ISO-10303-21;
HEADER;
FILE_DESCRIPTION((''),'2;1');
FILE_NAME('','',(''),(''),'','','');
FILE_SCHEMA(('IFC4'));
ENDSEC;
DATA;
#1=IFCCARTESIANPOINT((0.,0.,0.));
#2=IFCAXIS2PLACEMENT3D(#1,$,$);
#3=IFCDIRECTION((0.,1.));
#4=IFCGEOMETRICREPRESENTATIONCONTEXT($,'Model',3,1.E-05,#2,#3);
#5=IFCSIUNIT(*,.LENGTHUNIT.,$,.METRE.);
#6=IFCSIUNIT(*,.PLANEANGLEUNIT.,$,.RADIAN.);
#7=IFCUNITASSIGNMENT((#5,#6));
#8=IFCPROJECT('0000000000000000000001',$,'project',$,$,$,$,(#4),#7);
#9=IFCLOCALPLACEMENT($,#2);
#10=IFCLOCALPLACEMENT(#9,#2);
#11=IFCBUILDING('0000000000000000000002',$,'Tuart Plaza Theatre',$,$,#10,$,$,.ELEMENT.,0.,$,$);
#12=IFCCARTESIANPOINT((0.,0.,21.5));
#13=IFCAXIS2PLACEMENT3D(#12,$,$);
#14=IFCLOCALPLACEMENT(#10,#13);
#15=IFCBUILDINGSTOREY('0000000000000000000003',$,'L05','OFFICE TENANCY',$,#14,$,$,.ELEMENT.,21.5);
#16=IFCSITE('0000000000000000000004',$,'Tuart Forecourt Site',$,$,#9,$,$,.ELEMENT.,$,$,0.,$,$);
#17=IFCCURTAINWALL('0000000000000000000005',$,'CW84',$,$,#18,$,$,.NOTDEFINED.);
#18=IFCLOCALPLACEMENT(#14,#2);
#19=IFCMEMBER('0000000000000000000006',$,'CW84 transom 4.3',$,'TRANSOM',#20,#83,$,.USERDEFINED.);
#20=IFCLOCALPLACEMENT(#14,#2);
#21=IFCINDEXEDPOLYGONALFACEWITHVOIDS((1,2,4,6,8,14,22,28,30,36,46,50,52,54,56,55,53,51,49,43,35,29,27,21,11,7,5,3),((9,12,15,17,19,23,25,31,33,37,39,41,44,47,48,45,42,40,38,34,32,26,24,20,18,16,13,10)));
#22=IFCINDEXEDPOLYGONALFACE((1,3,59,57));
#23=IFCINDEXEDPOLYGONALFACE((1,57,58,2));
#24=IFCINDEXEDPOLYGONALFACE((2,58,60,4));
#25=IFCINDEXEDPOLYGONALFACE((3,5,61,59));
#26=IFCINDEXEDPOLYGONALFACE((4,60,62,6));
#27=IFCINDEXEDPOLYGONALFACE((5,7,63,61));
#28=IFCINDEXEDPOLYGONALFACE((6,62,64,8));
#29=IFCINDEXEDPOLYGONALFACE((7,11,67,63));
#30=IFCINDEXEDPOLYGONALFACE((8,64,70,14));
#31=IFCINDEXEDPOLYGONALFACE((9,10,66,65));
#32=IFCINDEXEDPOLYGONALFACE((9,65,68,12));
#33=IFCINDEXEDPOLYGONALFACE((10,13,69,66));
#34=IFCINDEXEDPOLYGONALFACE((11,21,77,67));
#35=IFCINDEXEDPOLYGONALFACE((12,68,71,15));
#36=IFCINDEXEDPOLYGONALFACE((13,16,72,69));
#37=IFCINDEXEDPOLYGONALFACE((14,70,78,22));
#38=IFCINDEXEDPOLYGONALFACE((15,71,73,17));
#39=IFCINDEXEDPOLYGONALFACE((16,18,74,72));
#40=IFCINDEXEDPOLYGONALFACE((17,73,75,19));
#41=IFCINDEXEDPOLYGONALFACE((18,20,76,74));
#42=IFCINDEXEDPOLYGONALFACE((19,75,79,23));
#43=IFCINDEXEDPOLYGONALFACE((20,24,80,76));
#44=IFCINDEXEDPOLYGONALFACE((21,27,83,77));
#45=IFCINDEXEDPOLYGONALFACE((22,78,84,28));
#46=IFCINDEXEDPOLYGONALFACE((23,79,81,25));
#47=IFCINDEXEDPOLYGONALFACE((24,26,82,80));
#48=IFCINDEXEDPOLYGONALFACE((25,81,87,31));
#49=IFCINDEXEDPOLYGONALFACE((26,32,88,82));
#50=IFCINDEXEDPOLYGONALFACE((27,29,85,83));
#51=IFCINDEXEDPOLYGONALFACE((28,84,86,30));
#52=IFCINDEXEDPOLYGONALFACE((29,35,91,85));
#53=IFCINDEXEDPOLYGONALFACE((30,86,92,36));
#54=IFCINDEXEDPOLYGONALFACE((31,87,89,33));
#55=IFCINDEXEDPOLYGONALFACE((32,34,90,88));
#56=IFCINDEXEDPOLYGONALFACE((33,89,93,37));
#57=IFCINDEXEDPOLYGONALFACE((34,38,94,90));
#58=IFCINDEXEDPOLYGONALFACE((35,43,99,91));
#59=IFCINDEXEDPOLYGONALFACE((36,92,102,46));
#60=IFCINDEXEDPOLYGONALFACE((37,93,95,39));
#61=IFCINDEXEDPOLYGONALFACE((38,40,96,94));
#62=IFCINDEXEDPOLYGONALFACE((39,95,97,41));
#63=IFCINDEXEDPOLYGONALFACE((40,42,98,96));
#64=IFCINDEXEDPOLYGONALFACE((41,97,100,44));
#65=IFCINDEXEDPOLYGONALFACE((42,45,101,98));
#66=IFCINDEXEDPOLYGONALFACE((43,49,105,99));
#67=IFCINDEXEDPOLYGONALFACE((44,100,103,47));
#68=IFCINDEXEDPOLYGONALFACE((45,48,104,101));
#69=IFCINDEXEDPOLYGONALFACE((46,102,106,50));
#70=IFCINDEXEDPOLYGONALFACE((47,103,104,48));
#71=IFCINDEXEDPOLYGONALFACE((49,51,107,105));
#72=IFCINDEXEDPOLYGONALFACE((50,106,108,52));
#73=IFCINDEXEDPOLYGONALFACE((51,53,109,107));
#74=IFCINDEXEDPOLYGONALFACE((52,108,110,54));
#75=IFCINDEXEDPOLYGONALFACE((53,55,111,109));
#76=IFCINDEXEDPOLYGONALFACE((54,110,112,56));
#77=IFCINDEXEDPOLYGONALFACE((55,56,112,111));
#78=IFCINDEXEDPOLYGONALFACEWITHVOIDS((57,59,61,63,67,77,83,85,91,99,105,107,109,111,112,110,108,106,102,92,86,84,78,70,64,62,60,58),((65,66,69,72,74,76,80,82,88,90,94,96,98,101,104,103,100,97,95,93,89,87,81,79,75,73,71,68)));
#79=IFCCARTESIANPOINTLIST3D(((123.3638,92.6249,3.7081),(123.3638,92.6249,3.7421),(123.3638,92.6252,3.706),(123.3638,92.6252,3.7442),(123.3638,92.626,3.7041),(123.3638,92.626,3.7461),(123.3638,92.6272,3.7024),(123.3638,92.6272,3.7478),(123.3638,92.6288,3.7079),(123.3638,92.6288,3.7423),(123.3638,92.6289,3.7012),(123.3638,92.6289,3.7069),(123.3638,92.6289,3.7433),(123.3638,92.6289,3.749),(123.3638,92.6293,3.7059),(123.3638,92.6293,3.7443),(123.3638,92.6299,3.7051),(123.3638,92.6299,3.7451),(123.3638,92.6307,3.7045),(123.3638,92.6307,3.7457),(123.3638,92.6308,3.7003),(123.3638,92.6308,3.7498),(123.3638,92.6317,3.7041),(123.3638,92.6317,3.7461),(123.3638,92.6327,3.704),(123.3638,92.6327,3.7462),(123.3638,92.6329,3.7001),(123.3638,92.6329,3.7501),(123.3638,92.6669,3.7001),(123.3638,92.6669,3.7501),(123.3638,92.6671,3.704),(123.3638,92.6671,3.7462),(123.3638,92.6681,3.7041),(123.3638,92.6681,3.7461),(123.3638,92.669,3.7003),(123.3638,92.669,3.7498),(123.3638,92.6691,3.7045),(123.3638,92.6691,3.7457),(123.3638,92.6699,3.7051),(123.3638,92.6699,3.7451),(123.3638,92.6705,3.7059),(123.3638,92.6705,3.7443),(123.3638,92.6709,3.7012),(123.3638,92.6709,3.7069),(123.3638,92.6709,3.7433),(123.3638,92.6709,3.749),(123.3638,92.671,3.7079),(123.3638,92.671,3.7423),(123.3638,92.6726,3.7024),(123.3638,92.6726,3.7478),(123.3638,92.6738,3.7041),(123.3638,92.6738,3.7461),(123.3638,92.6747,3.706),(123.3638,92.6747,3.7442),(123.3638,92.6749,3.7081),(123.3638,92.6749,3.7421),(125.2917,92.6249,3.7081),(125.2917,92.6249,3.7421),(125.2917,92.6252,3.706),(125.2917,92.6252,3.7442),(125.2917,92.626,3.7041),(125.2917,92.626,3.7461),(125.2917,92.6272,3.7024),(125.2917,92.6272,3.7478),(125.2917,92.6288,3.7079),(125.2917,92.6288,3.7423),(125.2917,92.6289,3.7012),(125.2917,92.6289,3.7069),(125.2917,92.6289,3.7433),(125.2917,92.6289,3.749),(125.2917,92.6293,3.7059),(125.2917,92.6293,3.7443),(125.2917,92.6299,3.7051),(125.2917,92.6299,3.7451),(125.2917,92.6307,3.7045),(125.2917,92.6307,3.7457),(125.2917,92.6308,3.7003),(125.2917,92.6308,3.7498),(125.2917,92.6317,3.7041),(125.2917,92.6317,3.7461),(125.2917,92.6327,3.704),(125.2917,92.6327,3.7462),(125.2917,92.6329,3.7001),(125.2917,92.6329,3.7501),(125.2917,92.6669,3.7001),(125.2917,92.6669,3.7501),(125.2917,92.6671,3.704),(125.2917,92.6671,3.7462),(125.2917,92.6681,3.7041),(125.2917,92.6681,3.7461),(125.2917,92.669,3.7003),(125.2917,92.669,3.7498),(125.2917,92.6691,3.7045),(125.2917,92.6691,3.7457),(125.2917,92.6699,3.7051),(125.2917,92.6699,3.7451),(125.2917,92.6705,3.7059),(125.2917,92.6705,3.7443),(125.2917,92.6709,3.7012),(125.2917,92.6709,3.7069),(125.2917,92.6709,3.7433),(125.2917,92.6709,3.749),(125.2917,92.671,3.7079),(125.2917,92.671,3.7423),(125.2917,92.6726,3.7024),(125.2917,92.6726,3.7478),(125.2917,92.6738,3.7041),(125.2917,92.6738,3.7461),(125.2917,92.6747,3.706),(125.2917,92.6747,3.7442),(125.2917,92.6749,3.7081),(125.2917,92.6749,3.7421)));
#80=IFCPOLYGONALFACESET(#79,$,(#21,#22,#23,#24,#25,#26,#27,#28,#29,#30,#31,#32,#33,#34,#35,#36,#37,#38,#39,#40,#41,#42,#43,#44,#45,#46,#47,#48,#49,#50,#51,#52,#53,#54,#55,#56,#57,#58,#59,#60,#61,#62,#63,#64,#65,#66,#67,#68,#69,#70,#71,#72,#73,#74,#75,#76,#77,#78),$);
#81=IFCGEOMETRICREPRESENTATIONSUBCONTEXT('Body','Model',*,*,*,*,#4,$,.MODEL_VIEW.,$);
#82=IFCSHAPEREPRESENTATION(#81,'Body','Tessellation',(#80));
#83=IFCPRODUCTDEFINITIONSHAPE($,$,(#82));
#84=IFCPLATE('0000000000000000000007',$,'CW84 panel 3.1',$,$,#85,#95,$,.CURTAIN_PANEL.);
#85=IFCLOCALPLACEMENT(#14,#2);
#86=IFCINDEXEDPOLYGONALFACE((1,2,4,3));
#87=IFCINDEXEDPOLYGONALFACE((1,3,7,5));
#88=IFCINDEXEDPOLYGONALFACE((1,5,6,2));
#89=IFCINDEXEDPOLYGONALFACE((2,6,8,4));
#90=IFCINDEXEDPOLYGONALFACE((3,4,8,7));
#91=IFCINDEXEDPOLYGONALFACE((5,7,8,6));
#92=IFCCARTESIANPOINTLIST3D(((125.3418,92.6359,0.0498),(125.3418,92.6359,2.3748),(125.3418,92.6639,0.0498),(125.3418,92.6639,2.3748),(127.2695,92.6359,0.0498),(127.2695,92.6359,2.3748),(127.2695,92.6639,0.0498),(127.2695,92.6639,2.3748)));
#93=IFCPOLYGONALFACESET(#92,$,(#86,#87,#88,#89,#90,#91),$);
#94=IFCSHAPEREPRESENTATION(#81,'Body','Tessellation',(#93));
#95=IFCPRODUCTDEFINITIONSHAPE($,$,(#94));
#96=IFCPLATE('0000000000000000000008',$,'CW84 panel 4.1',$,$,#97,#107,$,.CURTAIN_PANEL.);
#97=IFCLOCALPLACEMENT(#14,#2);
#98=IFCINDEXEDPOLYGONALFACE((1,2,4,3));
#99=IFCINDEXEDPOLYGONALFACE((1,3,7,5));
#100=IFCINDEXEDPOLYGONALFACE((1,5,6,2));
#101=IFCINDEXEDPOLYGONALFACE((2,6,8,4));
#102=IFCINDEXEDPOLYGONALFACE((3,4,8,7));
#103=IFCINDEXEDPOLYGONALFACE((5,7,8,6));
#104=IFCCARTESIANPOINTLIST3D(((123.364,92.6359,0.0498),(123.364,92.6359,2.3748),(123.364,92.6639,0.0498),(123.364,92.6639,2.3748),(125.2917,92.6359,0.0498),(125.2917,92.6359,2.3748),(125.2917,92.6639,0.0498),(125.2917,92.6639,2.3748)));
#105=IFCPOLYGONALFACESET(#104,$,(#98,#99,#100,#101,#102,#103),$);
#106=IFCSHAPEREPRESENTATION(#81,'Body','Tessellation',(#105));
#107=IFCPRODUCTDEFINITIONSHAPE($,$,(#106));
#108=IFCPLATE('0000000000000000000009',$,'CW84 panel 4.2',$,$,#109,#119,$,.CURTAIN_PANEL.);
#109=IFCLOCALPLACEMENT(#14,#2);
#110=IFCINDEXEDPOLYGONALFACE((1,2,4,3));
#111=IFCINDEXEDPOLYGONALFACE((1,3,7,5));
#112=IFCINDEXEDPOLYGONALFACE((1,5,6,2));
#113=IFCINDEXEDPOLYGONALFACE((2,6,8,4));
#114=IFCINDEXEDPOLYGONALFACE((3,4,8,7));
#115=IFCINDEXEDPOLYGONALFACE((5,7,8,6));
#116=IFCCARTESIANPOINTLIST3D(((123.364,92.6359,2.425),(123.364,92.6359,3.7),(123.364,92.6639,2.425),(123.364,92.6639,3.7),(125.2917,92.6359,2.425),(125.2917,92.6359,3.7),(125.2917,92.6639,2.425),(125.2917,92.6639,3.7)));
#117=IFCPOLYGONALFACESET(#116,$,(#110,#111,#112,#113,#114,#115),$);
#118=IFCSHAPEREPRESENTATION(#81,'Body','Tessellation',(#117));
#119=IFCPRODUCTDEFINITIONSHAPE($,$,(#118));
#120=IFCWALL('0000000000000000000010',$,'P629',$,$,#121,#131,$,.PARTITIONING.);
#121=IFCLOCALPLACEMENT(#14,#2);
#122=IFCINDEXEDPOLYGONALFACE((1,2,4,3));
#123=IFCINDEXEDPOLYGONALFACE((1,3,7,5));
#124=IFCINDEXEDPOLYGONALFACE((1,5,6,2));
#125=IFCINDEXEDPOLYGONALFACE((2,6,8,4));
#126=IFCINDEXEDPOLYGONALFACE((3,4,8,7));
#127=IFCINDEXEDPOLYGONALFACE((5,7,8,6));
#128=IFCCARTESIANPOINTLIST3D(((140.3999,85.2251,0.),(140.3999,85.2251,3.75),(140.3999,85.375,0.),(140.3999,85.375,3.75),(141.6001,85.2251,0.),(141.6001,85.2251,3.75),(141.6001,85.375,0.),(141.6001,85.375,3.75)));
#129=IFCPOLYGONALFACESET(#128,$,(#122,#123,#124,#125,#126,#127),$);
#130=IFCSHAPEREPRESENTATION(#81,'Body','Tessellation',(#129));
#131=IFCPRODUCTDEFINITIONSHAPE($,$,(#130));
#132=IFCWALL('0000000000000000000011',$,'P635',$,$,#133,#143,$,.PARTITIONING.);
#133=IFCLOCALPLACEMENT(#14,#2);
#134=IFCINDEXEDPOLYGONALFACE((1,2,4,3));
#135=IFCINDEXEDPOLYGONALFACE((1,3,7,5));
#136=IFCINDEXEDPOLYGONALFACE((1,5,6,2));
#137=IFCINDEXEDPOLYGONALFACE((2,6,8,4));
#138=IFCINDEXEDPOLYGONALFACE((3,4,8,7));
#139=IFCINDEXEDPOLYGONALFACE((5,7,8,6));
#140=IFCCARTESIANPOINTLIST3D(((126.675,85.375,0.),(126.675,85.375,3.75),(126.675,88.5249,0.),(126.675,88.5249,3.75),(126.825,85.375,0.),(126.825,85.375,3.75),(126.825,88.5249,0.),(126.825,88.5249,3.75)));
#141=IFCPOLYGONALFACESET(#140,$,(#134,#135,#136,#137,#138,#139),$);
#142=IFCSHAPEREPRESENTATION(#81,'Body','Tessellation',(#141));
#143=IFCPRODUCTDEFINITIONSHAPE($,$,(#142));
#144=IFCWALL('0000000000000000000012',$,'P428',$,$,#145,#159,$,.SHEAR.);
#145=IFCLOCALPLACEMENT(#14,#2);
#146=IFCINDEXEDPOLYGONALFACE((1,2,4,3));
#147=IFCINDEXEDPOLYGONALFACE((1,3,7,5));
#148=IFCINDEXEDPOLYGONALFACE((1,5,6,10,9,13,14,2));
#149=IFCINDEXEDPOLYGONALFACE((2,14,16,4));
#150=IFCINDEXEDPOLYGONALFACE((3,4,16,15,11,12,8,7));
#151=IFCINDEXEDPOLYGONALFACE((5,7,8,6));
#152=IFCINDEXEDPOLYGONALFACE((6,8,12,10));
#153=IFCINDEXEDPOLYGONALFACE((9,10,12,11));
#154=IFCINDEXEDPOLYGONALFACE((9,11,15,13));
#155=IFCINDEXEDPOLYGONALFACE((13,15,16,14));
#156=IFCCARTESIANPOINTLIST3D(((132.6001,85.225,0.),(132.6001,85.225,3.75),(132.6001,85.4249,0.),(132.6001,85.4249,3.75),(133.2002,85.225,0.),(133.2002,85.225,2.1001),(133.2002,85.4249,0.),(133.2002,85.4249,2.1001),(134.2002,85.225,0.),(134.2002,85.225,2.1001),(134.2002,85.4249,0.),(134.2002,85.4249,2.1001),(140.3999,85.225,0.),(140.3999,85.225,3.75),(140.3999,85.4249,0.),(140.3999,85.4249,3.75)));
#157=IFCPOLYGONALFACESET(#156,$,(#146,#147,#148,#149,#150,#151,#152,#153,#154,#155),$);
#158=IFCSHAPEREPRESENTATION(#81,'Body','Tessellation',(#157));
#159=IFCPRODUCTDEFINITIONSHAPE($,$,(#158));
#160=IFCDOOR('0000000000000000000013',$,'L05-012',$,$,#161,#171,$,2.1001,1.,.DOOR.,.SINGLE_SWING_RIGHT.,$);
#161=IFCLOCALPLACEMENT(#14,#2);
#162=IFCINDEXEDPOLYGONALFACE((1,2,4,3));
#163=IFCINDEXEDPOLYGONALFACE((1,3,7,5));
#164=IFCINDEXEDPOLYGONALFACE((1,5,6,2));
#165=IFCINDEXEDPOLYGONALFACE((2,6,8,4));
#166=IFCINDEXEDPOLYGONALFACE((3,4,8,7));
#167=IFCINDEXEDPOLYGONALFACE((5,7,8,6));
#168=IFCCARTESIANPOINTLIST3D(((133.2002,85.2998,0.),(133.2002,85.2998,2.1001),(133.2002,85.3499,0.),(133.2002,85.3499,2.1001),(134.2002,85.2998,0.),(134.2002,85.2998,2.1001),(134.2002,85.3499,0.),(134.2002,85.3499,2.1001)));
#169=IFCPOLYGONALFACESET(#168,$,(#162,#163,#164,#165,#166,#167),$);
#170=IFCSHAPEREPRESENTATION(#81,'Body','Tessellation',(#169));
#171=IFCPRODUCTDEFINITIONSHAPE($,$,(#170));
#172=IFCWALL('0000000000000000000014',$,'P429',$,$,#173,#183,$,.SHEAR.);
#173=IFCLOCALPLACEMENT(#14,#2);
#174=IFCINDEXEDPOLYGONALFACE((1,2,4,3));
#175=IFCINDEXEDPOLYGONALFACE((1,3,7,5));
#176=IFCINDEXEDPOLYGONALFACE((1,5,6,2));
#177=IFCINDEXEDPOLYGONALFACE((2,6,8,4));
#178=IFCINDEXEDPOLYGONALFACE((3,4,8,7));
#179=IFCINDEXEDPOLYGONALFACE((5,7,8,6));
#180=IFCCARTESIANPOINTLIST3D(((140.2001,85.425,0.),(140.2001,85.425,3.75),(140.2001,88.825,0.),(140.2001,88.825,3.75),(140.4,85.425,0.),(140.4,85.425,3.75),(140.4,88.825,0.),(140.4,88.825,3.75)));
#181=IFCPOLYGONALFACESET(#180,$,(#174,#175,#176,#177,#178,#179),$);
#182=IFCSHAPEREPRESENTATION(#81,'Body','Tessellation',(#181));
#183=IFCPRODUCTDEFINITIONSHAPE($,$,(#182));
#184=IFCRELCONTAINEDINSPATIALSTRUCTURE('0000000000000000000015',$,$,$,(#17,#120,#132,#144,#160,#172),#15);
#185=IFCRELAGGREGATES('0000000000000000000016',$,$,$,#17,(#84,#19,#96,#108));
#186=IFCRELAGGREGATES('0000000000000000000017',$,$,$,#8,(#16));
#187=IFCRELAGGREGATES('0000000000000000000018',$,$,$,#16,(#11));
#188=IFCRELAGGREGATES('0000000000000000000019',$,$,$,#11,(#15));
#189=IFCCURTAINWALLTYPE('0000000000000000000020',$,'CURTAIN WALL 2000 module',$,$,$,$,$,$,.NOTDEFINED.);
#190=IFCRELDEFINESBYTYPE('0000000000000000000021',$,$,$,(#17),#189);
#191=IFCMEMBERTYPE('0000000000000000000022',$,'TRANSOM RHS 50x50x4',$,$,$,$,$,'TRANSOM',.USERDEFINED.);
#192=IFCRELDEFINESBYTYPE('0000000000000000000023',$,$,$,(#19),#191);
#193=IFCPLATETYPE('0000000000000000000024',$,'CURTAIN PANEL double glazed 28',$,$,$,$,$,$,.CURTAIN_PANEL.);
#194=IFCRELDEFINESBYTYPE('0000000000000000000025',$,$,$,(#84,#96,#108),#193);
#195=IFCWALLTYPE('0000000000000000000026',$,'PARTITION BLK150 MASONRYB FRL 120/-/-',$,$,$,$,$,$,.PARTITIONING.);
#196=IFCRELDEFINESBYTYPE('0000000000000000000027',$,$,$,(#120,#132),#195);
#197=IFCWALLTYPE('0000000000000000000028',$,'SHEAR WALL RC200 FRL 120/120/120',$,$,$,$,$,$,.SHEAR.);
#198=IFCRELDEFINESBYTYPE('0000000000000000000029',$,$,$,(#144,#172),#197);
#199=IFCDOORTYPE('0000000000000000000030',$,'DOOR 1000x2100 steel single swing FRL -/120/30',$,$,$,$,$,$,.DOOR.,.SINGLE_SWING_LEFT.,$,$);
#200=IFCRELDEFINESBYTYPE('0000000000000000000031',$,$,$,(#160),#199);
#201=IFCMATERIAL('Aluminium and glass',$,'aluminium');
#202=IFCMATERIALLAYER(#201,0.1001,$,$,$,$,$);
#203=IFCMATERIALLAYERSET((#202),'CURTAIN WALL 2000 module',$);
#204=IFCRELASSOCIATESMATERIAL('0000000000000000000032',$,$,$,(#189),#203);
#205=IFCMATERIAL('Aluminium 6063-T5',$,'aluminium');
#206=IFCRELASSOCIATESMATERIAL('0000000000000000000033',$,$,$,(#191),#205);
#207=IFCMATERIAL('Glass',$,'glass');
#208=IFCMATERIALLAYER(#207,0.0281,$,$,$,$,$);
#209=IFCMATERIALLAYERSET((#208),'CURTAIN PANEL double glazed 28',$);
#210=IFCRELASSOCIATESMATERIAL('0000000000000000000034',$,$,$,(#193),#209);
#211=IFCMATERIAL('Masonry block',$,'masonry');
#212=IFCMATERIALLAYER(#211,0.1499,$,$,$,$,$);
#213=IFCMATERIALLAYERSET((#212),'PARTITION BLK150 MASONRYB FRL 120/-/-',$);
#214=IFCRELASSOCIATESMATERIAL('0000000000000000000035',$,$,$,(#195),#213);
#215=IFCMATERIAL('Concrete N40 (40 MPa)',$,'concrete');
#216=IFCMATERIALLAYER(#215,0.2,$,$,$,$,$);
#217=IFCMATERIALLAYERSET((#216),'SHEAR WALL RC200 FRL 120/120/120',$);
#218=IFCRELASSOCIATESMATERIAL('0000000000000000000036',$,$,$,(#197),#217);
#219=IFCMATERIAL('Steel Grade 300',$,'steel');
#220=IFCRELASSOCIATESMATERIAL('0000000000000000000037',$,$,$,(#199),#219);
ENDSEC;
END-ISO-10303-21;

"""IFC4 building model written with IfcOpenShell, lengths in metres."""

from ifc_helpers import new_model, si_unit, direction, frame, frame_2d, origin, origin_2d, place, context, subcontext, project, spatial, rectangle, hollow_rectangle, extrude, material, layer, layer_set, material_profile, profile_set, type_object, element, fill, aggregate, save


model = new_model("IFC4")

# Units and contexts
model_context = context("Model", 3, precision=1e-05, world=origin(), true_north=direction((0.0, 1.0)))
body_context = subcontext(model_context, "Body", "Model", "MODEL_VIEW")
ifc_project = project(units=[si_unit("LENGTHUNIT", "METRE"), si_unit("PLANEANGLEUNIT", "RADIAN")], contexts=[model_context])

# Site, building, storey
site_placement = place(None, origin())
site = spatial("IfcSite", under=ifc_project, at=site_placement, Name="Tuart Forecourt Site", CompositionType="ELEMENT", RefElevation=0.0)
building_placement = place(site_placement, origin())
building = spatial("IfcBuilding", under=site, at=building_placement, Name="Tuart Plaza Theatre", CompositionType="ELEMENT", ElevationOfRefHeight=0.0)
storey_placement = place(building_placement, frame((0.0, 0.0, 21.5)))
storey = spatial("IfcBuildingStorey", under=building, at=storey_placement, Name="L05", Description="OFFICE TENANCY", CompositionType="ELEMENT", Elevation=21.5)

# Shared definitions
ifc_material_1 = material(Name="Aluminium and glass", Category="aluminium")
ifc_layer_1 = layer(ifc_material_1, 0.1001)
ifc_layer_set_1 = layer_set([ifc_layer_1], Name="CURTAIN WALL 2000 module")
curtain_wall_type = type_object("IfcCurtainWallType", Name="CURTAIN WALL 2000 module", PredefinedType="NOTDEFINED", material=ifc_layer_set_1)

# Curtain wall, member, plates
curtain_wall_1_placement = place(storey_placement, origin())
curtain_wall_1 = element("IfcCurtainWall", 1, at=curtain_wall_1_placement, inside=storey, type_object=curtain_wall_type, Name="CW84", PredefinedType="NOTDEFINED")
ifc_material_2 = material(Name="Aluminium 6063-T5", Category="aluminium")
ifc_material_profile_1 = material_profile(ifc_material_2, hollow_rectangle(XDim=0.05, YDim=0.05, WallThickness=0.0039, InnerFilletRadius=0.0039, OuterFilletRadius=0.0081, at=origin_2d()), Name="RHS 50x50x4")
ifc_profile_set_1 = profile_set([ifc_material_profile_1], Name="Aluminium 6063-T5")
member_type_1 = type_object("IfcMemberType", Name="TRANSOM RHS 50x50x4", ElementType="TRANSOM", PredefinedType="USERDEFINED", material=ifc_profile_set_1)
member_1_placement = place(storey_placement, frame((125.2917, 92.6499, 3.7251), z_axis=(-1.0, 0.0, 0.0), x_axis=(0.0, -1.0, 0.0)))
member_1 = element("IfcMember", 2, at=member_1_placement, type_object=member_type_1, Name="CW84 transom 4.3", ObjectType="TRANSOM", PredefinedType="USERDEFINED", context=body_context, shape_type="SweptSolid", body=[
    extrude(hollow_rectangle(XDim=0.05, YDim=0.05, WallThickness=0.0039, InnerFilletRadius=0.0039, OuterFilletRadius=0.0081, at=origin_2d()), origin(), (0.0, 0.0, 1.0), 1.928),
])
ifc_material_3 = material(Name="Glass", Category="glass")
ifc_layer_2 = layer(ifc_material_3, 0.0281)
ifc_layer_set_2 = layer_set([ifc_layer_2], Name="CURTAIN PANEL double glazed 28")
plate_type = type_object("IfcPlateType", Name="CURTAIN PANEL double glazed 28", PredefinedType="CURTAIN_PANEL", material=ifc_layer_set_2)
plate_1_placement = place(storey_placement, frame((126.3057, 92.6499, 0.0498), z_axis=(0.0, 0.0, 1.0), x_axis=(-1.0, 0.0, 0.0)))
plate_1 = element("IfcPlate", 3, at=plate_1_placement, type_object=plate_type, Name="CW84 panel 3.1", PredefinedType="CURTAIN_PANEL", context=body_context, shape_type="SweptSolid", body=[
    extrude(rectangle(XDim=1.9277, YDim=0.0281, at=origin_2d()), origin(), (0.0, 0.0, 1.0), 2.325),
])
plate_2_placement = place(storey_placement, frame((124.3279, 92.6499, 0.0498), z_axis=(0.0, 0.0, 1.0), x_axis=(-1.0, 0.0, 0.0)))
plate_2 = element("IfcPlate", 4, at=plate_2_placement, type_object=plate_type, Name="CW84 panel 4.1", PredefinedType="CURTAIN_PANEL", context=body_context, shape_type="SweptSolid", body=[
    extrude(rectangle(XDim=1.9277, YDim=0.0281, at=origin_2d()), origin(), (0.0, 0.0, 1.0), 2.325),
])
plate_3_placement = place(storey_placement, frame((124.3279, 92.6499, 2.425), z_axis=(0.0, 0.0, 1.0), x_axis=(-1.0, 0.0, 0.0)))
plate_3 = element("IfcPlate", 5, at=plate_3_placement, type_object=plate_type, Name="CW84 panel 4.2", PredefinedType="CURTAIN_PANEL", context=body_context, shape_type="SweptSolid", body=[
    extrude(rectangle(XDim=1.9277, YDim=0.0281, at=origin_2d()), origin(), (0.0, 0.0, 1.0), 1.2749),
])
aggregate(curtain_wall_1, [plate_1, member_1, plate_2, plate_3])

# Walls
ifc_material_4 = material(Name="Masonry block", Category="masonry")
ifc_layer_3 = layer(ifc_material_4, 0.1499)
ifc_layer_set_3 = layer_set([ifc_layer_3], Name="PARTITION BLK150 MASONRYB FRL 120/-/-")
wall_type_1 = type_object("IfcWallType", Name="PARTITION BLK150 MASONRYB FRL 120/-/-", PredefinedType="PARTITIONING", material=ifc_layer_set_3)
wall_1_placement = place(storey_placement, frame((140.3999, 85.3, 0.0), z_axis=(0.0, 0.0, 1.0), x_axis=(1.0, 0.0, 0.0)))
element("IfcWall", 6, at=wall_1_placement, inside=storey, type_object=wall_type_1, Name="P629", PredefinedType="PARTITIONING", context=body_context, shape_type="SweptSolid", body=[
    extrude(rectangle(XDim=1.2002, YDim=0.1499, at=frame_2d((0.6001, 0.0))), origin(), (0.0, 0.0, 1.0), 3.75),
])
wall_2_placement = place(storey_placement, frame((126.75, 85.375, 0.0), z_axis=(0.0, 0.0, 1.0), x_axis=(0.0, 1.0, 0.0)))
element("IfcWall", 7, at=wall_2_placement, inside=storey, type_object=wall_type_1, Name="P635", PredefinedType="PARTITIONING", context=body_context, shape_type="SweptSolid", body=[
    extrude(rectangle(XDim=3.1499, YDim=0.1499, at=frame_2d((1.575, 0.0))), origin(), (0.0, 0.0, 1.0), 3.75),
])

# Wall, opening, door
ifc_material_5 = material(Name="Concrete N40 (40 MPa)", Category="concrete")
ifc_layer_4 = layer(ifc_material_5, 0.2)
ifc_layer_set_4 = layer_set([ifc_layer_4], Name="SHEAR WALL RC200 FRL 120/120/120")
wall_type_2 = type_object("IfcWallType", Name="SHEAR WALL RC200 FRL 120/120/120", PredefinedType="SHEAR", material=ifc_layer_set_4)
wall_3_placement = place(storey_placement, frame((132.6001, 85.325, 0.0), z_axis=(0.0, 0.0, 1.0), x_axis=(1.0, 0.0, 0.0)))
wall_3 = element("IfcWall", 8, at=wall_3_placement, inside=storey, type_object=wall_type_2, Name="P428", PredefinedType="SHEAR", context=body_context, shape_type="SweptSolid", body=[
    extrude(rectangle(XDim=7.7998, YDim=0.2, at=frame_2d((3.8999, 0.0))), origin(), (0.0, 0.0, 1.0), 3.75),
])
opening_placement = place(wall_3_placement, frame((0.6001, 0.0, 0.0)))
opening = element("IfcOpeningElement", 9, at=opening_placement, cuts=wall_3, PredefinedType="OPENING", context=body_context, shape_type="SweptSolid", body=[
    extrude(rectangle(XDim=1.0, YDim=2.1001, at=frame_2d((0.5, 1.05))), frame((0.0, 0.1099, 0.0), z_axis=(0.0, -1.0, 0.0), x_axis=(1.0, 0.0, 0.0)), (0.0, 0.0, 1.0), 0.22),
])
ifc_material_6 = material(Name="Steel Grade 300", Category="steel")
door_type = type_object("IfcDoorType", Name="DOOR 1000x2100 steel single swing FRL -/120/30", OperationType="SINGLE_SWING_LEFT", PredefinedType="DOOR", material=ifc_material_6)
door_placement = place(opening_placement, origin())
door = element("IfcDoor", 10, at=door_placement, inside=storey, type_object=door_type, Name="L05-012", OperationType="SINGLE_SWING_RIGHT", OverallHeight=2.1001, OverallWidth=1.0, PredefinedType="DOOR", context=body_context, shape_type="SweptSolid", body=[
    extrude(rectangle(XDim=1.0, YDim=2.1001, at=frame_2d((0.5, 1.05))), frame((0.0, 0.0249, 0.0), z_axis=(0.0, -1.0, 0.0), x_axis=(1.0, 0.0, 0.0)), (0.0, 0.0, 1.0), 0.05),
])
fill(opening, door)

# Wall
wall_4_placement = place(storey_placement, frame((140.3, 85.425, 0.0), z_axis=(0.0, 0.0, 1.0), x_axis=(0.0, 1.0, 0.0)))
element("IfcWall", 11, at=wall_4_placement, inside=storey, type_object=wall_type_2, Name="P429", PredefinedType="SHEAR", context=body_context, shape_type="SweptSolid", body=[
    extrude(rectangle(XDim=3.3999, YDim=0.2, at=frame_2d((1.7, 0.0))), origin(), (0.0, 0.0, 1.0), 3.75),
])

save(model, "model.ifc")
